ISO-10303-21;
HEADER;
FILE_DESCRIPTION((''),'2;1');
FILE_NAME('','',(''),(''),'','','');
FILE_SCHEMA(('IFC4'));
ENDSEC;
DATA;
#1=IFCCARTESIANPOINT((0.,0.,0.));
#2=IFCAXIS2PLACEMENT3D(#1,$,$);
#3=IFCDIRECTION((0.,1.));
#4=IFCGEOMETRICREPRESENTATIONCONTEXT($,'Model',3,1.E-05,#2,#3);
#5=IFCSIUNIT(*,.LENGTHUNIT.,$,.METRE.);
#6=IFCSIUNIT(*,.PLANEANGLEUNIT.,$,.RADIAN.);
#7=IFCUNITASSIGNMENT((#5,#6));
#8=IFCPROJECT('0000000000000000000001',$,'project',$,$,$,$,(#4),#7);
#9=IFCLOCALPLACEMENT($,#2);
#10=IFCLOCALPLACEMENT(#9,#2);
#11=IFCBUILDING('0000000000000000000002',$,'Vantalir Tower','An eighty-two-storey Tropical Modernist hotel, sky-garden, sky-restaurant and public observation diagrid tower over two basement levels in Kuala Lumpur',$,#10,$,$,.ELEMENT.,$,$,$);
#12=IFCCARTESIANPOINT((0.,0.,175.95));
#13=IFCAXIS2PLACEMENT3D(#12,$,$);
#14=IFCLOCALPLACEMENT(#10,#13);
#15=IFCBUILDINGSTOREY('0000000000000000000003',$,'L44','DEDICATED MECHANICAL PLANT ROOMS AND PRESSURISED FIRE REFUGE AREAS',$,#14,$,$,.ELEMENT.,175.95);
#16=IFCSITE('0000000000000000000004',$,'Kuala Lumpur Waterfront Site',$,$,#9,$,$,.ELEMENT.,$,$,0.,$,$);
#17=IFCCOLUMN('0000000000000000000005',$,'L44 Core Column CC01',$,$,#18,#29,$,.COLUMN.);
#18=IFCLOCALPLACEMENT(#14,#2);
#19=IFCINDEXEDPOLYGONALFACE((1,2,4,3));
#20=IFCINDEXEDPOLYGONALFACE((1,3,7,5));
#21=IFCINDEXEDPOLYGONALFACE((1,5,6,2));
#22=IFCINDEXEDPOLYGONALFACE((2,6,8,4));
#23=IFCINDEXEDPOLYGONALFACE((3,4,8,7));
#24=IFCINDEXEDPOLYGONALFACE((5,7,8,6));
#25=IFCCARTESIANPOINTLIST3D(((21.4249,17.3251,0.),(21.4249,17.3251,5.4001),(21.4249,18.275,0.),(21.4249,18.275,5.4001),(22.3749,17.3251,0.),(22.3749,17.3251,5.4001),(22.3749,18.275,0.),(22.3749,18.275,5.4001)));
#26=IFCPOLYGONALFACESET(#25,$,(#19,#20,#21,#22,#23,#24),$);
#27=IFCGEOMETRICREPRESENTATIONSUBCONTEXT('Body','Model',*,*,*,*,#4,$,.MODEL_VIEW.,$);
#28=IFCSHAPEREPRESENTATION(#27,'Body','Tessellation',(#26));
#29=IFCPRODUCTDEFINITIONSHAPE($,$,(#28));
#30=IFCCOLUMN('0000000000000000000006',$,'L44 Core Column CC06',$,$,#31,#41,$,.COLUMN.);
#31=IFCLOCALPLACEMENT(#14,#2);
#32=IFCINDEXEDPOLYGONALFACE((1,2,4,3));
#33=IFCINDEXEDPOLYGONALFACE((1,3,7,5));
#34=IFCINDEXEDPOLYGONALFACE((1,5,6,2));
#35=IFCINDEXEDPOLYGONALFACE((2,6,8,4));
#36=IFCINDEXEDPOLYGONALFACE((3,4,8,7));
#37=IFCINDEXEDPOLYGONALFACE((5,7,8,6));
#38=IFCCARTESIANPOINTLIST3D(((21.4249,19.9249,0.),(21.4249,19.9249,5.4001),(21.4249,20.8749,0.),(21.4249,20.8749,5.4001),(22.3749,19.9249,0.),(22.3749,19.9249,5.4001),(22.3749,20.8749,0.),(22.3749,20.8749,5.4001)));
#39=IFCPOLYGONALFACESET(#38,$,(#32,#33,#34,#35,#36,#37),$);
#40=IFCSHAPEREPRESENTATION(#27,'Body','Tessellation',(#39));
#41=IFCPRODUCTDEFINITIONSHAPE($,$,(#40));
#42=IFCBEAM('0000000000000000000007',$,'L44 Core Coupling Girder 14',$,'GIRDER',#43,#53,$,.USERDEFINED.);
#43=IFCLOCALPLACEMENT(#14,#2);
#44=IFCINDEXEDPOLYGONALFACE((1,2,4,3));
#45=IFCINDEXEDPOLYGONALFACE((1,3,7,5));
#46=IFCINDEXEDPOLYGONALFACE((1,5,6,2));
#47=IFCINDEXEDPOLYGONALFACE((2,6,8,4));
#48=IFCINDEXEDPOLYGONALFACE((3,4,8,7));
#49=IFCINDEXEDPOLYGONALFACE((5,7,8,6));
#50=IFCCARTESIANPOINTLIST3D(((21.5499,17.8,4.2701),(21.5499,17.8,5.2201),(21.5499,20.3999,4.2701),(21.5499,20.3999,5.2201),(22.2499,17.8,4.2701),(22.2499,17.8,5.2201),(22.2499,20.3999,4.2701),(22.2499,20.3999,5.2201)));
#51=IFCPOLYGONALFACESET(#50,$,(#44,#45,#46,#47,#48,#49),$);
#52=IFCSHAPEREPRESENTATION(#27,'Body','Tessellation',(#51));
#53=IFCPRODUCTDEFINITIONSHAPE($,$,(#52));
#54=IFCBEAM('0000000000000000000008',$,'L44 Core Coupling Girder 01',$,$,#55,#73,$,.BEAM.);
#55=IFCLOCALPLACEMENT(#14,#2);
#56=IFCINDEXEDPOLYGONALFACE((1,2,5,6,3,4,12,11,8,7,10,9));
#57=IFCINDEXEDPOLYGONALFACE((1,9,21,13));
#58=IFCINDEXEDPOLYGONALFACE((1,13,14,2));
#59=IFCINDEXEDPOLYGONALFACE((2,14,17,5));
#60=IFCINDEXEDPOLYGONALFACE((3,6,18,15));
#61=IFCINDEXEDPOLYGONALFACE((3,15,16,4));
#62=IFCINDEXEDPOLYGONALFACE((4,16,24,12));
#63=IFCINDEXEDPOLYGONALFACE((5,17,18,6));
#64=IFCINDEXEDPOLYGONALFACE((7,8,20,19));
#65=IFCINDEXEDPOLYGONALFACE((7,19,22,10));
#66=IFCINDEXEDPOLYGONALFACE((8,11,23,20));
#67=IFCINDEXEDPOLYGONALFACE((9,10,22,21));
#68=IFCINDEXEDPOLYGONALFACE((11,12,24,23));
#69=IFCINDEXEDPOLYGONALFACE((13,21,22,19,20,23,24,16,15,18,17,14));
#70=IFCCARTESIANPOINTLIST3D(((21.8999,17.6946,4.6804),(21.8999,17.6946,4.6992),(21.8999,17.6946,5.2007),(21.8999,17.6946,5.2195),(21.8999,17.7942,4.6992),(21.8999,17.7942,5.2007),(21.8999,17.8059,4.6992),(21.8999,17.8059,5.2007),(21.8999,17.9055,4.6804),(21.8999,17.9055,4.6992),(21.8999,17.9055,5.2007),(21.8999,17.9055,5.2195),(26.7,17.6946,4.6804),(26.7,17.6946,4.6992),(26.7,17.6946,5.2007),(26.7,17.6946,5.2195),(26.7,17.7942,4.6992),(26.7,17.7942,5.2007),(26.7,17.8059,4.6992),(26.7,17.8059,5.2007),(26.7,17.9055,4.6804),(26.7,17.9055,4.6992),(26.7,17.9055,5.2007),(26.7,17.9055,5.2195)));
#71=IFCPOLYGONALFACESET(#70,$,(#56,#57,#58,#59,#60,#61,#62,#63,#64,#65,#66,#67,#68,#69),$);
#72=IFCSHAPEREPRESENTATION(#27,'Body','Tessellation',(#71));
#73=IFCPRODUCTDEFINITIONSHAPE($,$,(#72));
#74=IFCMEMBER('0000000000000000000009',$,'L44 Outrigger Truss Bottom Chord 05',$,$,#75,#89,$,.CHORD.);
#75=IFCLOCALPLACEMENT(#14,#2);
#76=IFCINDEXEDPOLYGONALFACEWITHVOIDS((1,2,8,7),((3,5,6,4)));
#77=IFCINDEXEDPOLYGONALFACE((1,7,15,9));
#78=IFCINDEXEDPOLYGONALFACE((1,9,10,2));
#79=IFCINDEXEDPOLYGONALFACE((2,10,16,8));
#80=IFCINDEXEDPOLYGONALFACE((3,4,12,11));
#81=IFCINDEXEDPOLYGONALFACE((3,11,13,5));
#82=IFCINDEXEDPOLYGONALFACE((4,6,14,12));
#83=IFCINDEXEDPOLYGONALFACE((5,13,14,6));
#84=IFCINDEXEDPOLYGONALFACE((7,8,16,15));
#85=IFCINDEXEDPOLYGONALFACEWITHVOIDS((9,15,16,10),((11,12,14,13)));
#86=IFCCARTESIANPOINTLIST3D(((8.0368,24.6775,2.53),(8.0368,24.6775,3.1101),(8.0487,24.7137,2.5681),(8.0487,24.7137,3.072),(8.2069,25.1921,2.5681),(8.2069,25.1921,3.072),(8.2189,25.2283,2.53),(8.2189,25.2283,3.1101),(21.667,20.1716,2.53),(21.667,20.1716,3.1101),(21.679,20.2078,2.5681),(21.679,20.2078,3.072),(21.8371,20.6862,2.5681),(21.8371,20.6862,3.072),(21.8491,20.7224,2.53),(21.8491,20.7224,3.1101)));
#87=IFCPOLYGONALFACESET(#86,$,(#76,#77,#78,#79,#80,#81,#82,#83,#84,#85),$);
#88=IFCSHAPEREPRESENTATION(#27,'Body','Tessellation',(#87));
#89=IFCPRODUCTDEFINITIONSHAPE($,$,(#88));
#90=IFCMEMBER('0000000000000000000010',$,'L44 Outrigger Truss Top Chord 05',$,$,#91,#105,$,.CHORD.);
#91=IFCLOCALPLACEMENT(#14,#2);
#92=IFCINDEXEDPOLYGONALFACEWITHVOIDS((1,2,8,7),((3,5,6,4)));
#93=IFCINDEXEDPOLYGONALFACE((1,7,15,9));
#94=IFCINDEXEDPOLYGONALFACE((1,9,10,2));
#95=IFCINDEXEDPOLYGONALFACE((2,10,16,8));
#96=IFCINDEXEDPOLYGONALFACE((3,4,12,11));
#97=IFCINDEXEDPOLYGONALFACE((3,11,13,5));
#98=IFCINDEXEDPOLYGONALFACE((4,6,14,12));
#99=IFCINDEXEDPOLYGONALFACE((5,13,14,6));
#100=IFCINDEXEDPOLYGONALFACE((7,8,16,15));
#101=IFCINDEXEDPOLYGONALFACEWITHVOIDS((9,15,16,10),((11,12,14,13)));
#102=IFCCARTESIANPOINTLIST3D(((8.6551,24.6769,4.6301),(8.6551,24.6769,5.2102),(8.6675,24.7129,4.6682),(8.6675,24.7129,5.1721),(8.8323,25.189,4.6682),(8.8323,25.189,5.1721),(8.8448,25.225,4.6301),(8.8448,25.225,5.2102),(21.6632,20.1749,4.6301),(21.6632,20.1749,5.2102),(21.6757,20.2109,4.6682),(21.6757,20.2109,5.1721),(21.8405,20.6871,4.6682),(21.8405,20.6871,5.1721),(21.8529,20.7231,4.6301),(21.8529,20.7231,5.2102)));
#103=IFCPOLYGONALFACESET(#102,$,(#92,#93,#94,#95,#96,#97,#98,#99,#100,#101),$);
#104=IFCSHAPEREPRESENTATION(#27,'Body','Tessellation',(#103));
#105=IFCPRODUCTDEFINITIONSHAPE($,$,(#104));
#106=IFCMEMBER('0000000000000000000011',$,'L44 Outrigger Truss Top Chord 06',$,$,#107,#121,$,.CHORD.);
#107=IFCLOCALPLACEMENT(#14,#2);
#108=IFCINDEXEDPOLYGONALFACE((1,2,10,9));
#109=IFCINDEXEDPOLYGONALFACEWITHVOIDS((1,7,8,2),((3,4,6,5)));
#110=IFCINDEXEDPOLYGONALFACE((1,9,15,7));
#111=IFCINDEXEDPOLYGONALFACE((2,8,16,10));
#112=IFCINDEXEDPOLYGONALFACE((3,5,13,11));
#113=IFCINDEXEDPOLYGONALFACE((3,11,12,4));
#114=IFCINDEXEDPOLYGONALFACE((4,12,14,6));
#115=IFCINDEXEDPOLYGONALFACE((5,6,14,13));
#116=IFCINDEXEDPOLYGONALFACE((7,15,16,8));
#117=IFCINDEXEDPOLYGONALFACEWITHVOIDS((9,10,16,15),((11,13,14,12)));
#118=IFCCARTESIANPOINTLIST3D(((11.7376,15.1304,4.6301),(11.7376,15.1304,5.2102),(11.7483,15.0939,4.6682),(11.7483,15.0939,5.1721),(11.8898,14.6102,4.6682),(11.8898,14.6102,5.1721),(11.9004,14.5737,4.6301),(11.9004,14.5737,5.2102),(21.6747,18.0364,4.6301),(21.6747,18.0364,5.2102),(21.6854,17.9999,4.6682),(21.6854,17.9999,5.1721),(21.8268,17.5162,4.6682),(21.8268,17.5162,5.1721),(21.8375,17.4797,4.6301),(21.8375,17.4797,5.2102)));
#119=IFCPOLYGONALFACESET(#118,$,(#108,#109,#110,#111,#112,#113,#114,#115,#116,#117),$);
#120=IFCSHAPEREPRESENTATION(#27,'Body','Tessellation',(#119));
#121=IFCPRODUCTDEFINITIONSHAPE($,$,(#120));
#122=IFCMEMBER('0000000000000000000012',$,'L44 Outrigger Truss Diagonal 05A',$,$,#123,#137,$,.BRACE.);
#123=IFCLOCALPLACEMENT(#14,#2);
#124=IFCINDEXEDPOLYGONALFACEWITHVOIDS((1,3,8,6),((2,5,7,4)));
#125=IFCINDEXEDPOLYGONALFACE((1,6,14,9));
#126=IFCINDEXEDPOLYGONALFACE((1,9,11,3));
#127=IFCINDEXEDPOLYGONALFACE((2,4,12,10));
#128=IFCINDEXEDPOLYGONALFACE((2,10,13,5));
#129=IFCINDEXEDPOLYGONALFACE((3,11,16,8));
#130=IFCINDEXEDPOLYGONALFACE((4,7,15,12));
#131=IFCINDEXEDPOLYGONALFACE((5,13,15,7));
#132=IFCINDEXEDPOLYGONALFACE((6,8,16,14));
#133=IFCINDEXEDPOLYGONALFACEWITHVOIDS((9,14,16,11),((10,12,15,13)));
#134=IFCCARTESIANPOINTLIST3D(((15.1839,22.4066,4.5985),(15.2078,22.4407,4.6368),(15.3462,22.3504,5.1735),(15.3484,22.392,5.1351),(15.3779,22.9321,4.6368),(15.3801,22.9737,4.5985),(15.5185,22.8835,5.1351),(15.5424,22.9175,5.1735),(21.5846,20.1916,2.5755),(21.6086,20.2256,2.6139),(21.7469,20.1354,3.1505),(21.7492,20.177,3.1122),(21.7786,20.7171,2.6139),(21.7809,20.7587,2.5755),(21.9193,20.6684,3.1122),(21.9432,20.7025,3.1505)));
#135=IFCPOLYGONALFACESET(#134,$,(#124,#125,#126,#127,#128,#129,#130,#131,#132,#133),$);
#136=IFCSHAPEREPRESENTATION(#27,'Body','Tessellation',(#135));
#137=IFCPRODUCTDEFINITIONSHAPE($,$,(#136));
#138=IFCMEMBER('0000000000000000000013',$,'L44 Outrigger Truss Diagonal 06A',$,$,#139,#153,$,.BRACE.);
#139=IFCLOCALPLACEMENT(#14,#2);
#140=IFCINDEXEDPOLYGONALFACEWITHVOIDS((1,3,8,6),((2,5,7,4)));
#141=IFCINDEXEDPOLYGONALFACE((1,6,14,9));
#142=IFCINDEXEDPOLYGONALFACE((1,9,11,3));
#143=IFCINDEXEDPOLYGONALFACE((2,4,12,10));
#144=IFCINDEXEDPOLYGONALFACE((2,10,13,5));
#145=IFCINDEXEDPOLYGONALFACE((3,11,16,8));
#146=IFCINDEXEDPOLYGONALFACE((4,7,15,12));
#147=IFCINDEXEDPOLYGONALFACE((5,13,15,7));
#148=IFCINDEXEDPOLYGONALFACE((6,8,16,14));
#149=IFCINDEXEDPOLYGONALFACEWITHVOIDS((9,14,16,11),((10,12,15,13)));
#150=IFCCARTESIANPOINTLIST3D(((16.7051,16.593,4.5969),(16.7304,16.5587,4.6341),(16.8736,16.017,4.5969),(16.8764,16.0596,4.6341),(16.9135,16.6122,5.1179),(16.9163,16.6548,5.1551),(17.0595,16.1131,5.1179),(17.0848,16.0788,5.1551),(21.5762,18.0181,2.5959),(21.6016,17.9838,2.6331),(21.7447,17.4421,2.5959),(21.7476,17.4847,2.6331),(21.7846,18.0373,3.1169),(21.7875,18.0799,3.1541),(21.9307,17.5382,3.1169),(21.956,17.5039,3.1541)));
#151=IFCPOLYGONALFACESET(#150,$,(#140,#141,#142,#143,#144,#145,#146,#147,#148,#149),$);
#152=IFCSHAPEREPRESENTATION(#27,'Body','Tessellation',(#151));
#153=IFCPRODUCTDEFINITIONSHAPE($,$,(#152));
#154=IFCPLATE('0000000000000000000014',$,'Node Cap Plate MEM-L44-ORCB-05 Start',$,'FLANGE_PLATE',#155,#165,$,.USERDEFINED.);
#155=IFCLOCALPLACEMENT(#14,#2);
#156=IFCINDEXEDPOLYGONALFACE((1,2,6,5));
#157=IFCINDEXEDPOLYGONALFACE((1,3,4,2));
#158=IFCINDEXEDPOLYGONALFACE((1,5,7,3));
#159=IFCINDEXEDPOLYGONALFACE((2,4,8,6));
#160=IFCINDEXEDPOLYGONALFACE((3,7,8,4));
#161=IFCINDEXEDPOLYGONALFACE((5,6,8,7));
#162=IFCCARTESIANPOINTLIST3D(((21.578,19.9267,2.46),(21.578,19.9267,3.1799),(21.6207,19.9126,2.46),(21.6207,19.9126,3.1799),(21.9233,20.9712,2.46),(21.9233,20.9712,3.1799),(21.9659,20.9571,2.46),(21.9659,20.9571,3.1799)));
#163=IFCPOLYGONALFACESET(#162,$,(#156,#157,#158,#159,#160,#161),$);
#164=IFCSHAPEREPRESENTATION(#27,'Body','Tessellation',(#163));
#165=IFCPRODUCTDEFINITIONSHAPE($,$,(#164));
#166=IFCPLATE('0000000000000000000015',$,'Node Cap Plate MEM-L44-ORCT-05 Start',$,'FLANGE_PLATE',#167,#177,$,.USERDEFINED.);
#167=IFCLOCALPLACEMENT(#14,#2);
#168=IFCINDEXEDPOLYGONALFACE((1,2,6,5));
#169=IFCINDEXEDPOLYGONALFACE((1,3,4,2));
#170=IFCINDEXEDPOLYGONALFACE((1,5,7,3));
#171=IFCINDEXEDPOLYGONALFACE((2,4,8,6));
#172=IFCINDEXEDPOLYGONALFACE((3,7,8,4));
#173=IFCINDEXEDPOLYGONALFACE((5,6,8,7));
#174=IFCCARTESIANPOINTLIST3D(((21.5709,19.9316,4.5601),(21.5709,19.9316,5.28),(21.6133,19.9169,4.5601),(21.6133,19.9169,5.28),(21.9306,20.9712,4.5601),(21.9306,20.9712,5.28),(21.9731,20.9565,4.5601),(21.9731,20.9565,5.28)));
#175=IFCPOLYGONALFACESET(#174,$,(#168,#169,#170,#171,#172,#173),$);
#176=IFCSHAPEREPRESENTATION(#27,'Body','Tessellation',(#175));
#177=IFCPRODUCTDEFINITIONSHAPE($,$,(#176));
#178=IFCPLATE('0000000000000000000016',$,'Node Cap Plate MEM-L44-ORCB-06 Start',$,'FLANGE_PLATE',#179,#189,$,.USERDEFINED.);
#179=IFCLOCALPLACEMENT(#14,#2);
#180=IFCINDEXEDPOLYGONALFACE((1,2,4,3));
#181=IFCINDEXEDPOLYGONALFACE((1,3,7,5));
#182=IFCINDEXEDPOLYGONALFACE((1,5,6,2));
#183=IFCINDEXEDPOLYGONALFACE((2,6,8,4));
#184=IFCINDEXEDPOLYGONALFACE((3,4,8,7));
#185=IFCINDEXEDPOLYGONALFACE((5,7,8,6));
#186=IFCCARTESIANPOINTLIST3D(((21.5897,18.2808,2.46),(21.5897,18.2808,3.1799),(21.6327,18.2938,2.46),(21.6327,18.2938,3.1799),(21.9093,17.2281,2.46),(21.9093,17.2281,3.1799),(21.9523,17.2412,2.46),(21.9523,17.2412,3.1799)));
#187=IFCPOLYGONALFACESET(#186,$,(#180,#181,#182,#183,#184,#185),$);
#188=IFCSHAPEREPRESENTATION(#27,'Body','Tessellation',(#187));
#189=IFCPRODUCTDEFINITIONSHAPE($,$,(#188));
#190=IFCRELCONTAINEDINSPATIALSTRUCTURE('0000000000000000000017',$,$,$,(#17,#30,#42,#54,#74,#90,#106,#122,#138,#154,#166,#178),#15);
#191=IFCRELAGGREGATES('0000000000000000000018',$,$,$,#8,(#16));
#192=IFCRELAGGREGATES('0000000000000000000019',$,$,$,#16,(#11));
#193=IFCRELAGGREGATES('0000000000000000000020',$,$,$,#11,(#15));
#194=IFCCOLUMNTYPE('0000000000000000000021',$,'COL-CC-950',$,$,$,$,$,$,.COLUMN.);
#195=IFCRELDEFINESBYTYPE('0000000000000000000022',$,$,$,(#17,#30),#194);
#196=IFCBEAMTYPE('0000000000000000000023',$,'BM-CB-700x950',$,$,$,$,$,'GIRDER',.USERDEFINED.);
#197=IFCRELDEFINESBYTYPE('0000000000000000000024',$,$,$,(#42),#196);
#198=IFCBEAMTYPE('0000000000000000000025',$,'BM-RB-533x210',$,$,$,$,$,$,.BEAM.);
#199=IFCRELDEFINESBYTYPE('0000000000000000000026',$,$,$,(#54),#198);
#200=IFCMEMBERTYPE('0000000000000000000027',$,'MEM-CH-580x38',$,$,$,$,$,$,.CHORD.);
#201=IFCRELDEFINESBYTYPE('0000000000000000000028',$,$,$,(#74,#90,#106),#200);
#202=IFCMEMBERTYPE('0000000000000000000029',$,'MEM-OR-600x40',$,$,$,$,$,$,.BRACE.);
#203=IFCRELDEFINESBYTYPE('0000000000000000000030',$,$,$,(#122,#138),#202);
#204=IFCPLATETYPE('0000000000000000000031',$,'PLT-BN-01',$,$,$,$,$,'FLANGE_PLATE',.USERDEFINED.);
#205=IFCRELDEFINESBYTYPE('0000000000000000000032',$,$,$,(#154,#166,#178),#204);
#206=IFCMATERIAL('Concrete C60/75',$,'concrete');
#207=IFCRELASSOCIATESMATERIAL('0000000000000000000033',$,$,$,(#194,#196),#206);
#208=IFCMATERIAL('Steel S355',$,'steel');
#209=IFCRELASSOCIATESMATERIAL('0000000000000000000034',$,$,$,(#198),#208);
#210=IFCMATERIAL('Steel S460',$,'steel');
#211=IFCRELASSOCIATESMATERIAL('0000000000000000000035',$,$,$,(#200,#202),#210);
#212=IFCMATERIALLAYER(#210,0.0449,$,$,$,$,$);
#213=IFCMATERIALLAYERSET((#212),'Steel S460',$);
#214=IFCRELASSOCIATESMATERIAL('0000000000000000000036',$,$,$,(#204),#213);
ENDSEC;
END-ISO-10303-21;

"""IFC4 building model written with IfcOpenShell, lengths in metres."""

from ifc_helpers import new_model, si_unit, direction, frame, origin, origin_2d, place, context, subcontext, project, spatial, rectangle, hollow_rectangle, i_section, extrude, material, layer, layer_set, material_profile, profile_set, type_object, element, save


model = new_model("IFC4")

# Units and contexts
model_context = context("Model", 3, precision=1e-05, world=origin(), true_north=direction((0.0, 1.0)))
body_context = subcontext(model_context, "Body", "Model", "MODEL_VIEW")
ifc_project = project(units=[si_unit("LENGTHUNIT", "METRE"), si_unit("PLANEANGLEUNIT", "RADIAN")], contexts=[model_context])

# Site, building, storey
site_placement = place(None, origin())
site = spatial("IfcSite", under=ifc_project, at=site_placement, Name="Kuala Lumpur Waterfront Site", CompositionType="ELEMENT", RefElevation=0.0)
building_placement = place(site_placement, origin())
building = spatial("IfcBuilding", under=site, at=building_placement, Name="Vantalir Tower", Description="An eighty-two-storey Tropical Modernist hotel, sky-garden, sky-restaurant and public observation diagrid tower over two basement levels in Kuala Lumpur", CompositionType="ELEMENT")
storey_placement = place(building_placement, frame((0.0, 0.0, 175.95)))
storey = spatial("IfcBuildingStorey", under=building, at=storey_placement, Name="L44", Description="DEDICATED MECHANICAL PLANT ROOMS AND PRESSURISED FIRE REFUGE AREAS", CompositionType="ELEMENT", Elevation=175.95)

# Columns
ifc_material_1 = material(Name="Concrete C60/75", Category="concrete")
ifc_material_profile_1 = material_profile(ifc_material_1, rectangle(XDim=0.95, YDim=0.95, at=origin_2d()), Name="Concrete C60/75")
ifc_profile_set_1 = profile_set([ifc_material_profile_1], Name="Concrete C60/75")
column_type = type_object("IfcColumnType", Name="COL-CC-950", PredefinedType="COLUMN", material=ifc_profile_set_1)
for number, where, z_axis, x_axis, name in (
    (1, (21.8999, 17.8, 0.0), (0.0, 0.0, 1.0), (1.0, 0.0, 0.0), "L44 Core Column CC01"),
    (2, (21.8999, 20.3999, 0.0), (0.0, 0.0, 1.0), (1.0, 0.0, 0.0), "L44 Core Column CC06"),
):
    element("IfcColumn", number, at=place(storey_placement, frame(where, z_axis=z_axis, x_axis=x_axis)), inside=storey, type_object=column_type, Name=name, PredefinedType="COLUMN", context=body_context, shape_type="SweptSolid", body=[
        extrude(rectangle(XDim=0.95, YDim=0.95, at=origin_2d()), origin(), (0.0, 0.0, 1.0), 5.4001),
    ])

# Beams
ifc_material_profile_2 = material_profile(ifc_material_1, rectangle(XDim=0.7, YDim=0.95, at=origin_2d()), Name="Concrete C60/75")
ifc_profile_set_2 = profile_set([ifc_material_profile_2], Name="Concrete C60/75")
beam_type_1 = type_object("IfcBeamType", Name="BM-CB-700x950", ElementType="GIRDER", PredefinedType="USERDEFINED", material=ifc_profile_set_2)
beam_1_placement = place(storey_placement, frame((21.8999, 20.3999, 4.7451), z_axis=(0.0, -1.0, 0.0), x_axis=(1.0, 0.0, 0.0)))
element("IfcBeam", 3, at=beam_1_placement, inside=storey, type_object=beam_type_1, Name="L44 Core Coupling Girder 14", ObjectType="GIRDER", PredefinedType="USERDEFINED", context=body_context, shape_type="SweptSolid", body=[
    extrude(rectangle(XDim=0.7, YDim=0.95, at=origin_2d()), origin(), (0.0, 0.0, 1.0), 2.5999),
])
ifc_material_2 = material(Name="Steel S355", Category="steel")
ifc_material_profile_3 = material_profile(ifc_material_2, i_section(OverallWidth=0.2109, OverallDepth=0.5391, WebThickness=0.0117, FlangeThickness=0.0188, at=origin_2d()), Name="Steel S355")
ifc_profile_set_3 = profile_set([ifc_material_profile_3], Name="Steel S355")
beam_type_2 = type_object("IfcBeamType", Name="BM-RB-533x210", PredefinedType="BEAM", material=ifc_profile_set_3)
beam_2_placement = place(storey_placement, frame((21.8999, 17.8, 4.95), z_axis=(1.0, 0.0, 0.0), x_axis=(0.0, 1.0, 0.0)))
element("IfcBeam", 4, at=beam_2_placement, inside=storey, type_object=beam_type_2, Name="L44 Core Coupling Girder 01", PredefinedType="BEAM", context=body_context, shape_type="SweptSolid", body=[
    extrude(i_section(OverallWidth=0.2109, OverallDepth=0.5391, WebThickness=0.0117, FlangeThickness=0.0188, at=origin_2d()), origin(), (0.0, 0.0, 1.0), 4.8),
])

# Members
ifc_material_3 = material(Name="Steel S460", Category="steel")
ifc_material_profile_4 = material_profile(ifc_material_3, hollow_rectangle(XDim=0.5801, YDim=0.5801, WallThickness=0.0381, at=origin_2d()), Name="Steel S460")
ifc_profile_set_4 = profile_set([ifc_material_profile_4], Name="Steel S460")
member_type_1 = type_object("IfcMemberType", Name="MEM-CH-580x38", PredefinedType="CHORD", material=ifc_profile_set_4)
member_1_placement = place(storey_placement, frame((21.7581, 20.447, 2.8201), z_axis=(-0.949464, 0.313875, 0.0), x_axis=(-0.313875, -0.949464, 0.0)))
element("IfcMember", 5, at=member_1_placement, inside=storey, type_object=member_type_1, Name="L44 Outrigger Truss Bottom Chord 05", PredefinedType="CHORD", context=body_context, shape_type="SweptSolid", body=[
    extrude(hollow_rectangle(XDim=0.5801, YDim=0.5801, WallThickness=0.0381, at=origin_2d()), origin(), (0.0, 0.0, 1.0), 14.3557),
])
member_2_placement = place(storey_placement, frame((21.7581, 20.449, 4.9202), z_axis=(-0.945005, 0.327056, 0.0), x_axis=(-0.327056, -0.945005, 0.0)))
element("IfcMember", 6, at=member_2_placement, inside=storey, type_object=member_type_1, Name="L44 Outrigger Truss Top Chord 05", PredefinedType="CHORD", context=body_context, shape_type="SweptSolid", body=[
    extrude(hollow_rectangle(XDim=0.5801, YDim=0.5801, WallThickness=0.0381, at=origin_2d()), origin(), (0.0, 0.0, 1.0), 13.7651),
])
member_3_placement = place(storey_placement, frame((21.7561, 17.7581, 4.9202), z_axis=(-0.9598, -0.280686, 0.0), x_axis=(0.280686, -0.9598, 0.0)))
element("IfcMember", 7, at=member_3_placement, inside=storey, type_object=member_type_1, Name="L44 Outrigger Truss Top Chord 06", PredefinedType="CHORD", context=body_context, shape_type="SweptSolid", body=[
    extrude(hollow_rectangle(XDim=0.5801, YDim=0.5801, WallThickness=0.0381, at=origin_2d()), origin(), (0.0, 0.0, 1.0), 10.3533),
])
ifc_material_profile_5 = material_profile(ifc_material_3, hollow_rectangle(XDim=0.6001, YDim=0.6001, WallThickness=0.04, at=origin_2d()), Name="Steel S460")
ifc_profile_set_5 = profile_set([ifc_material_profile_5], Name="Steel S460")
member_type_2 = type_object("IfcMemberType", Name="MEM-OR-600x40", PredefinedType="BRACE", material=ifc_profile_set_5)
member_4_placement = place(storey_placement, frame((21.7639, 20.447, 2.863), z_axis=(-0.905491, 0.313354, 0.286174), x_axis=(-0.327031, -0.945013, 0.0)))
element("IfcMember", 8, at=member_4_placement, inside=storey, type_object=member_type_2, Name="L44 Outrigger Truss Diagonal 05A", PredefinedType="BRACE", context=body_context, shape_type="SweptSolid", body=[
    extrude(hollow_rectangle(XDim=0.6001, YDim=0.6001, WallThickness=0.04, at=origin_2d()), origin(), (0.0, 0.0, 1.0), 7.0688),
])
member_5_placement = place(storey_placement, frame((21.7661, 17.761, 2.875), z_axis=(-0.892881, -0.261214, 0.366783), x_axis=(0.280783, -0.959771, 0.0)))
element("IfcMember", 9, at=member_5_placement, inside=storey, type_object=member_type_2, Name="L44 Outrigger Truss Diagonal 06A", PredefinedType="BRACE", context=body_context, shape_type="SweptSolid", body=[
    extrude(hollow_rectangle(XDim=0.6001, YDim=0.6001, WallThickness=0.04, at=origin_2d()), origin(), (0.0, 0.0, 1.0), 5.4556),
])

# Plates
ifc_layer_1 = layer(ifc_material_3, 0.0449)
ifc_layer_set_1 = layer_set([ifc_layer_1], Name="Steel S460")
plate_type = type_object("IfcPlateType", Name="PLT-BN-01", ElementType="FLANGE_PLATE", PredefinedType="USERDEFINED", material=ifc_layer_set_1)
for number, where, z_axis, x_axis, name in (
    (10, (21.772, 20.4419, 2.46), (0.0, 0.0, 1.0), (-0.949464, 0.313876, 0.0), "Node Cap Plate MEM-L44-ORCB-05 Start"),
    (11, (21.772, 20.4441, 4.5601), (0.0, 0.0, 1.0), (-0.945012, 0.327036, 0.0), "Node Cap Plate MEM-L44-ORCT-05 Start"),
    (12, (21.771, 17.761, 2.46), (0.0, 0.0, 1.0), (-0.956869, -0.290518, 0.0), "Node Cap Plate MEM-L44-ORCB-06 Start"),
):
    element("IfcPlate", number, at=place(storey_placement, frame(where, z_axis=z_axis, x_axis=x_axis)), inside=storey, type_object=plate_type, Name=name, ObjectType="FLANGE_PLATE", PredefinedType="USERDEFINED", context=body_context, shape_type="SweptSolid", body=[
        extrude(rectangle(XDim=0.0449, YDim=1.1001, at=origin_2d()), origin(), (0.0, 0.0, 1.0), 0.72),
    ])

save(model, "model.ifc")
